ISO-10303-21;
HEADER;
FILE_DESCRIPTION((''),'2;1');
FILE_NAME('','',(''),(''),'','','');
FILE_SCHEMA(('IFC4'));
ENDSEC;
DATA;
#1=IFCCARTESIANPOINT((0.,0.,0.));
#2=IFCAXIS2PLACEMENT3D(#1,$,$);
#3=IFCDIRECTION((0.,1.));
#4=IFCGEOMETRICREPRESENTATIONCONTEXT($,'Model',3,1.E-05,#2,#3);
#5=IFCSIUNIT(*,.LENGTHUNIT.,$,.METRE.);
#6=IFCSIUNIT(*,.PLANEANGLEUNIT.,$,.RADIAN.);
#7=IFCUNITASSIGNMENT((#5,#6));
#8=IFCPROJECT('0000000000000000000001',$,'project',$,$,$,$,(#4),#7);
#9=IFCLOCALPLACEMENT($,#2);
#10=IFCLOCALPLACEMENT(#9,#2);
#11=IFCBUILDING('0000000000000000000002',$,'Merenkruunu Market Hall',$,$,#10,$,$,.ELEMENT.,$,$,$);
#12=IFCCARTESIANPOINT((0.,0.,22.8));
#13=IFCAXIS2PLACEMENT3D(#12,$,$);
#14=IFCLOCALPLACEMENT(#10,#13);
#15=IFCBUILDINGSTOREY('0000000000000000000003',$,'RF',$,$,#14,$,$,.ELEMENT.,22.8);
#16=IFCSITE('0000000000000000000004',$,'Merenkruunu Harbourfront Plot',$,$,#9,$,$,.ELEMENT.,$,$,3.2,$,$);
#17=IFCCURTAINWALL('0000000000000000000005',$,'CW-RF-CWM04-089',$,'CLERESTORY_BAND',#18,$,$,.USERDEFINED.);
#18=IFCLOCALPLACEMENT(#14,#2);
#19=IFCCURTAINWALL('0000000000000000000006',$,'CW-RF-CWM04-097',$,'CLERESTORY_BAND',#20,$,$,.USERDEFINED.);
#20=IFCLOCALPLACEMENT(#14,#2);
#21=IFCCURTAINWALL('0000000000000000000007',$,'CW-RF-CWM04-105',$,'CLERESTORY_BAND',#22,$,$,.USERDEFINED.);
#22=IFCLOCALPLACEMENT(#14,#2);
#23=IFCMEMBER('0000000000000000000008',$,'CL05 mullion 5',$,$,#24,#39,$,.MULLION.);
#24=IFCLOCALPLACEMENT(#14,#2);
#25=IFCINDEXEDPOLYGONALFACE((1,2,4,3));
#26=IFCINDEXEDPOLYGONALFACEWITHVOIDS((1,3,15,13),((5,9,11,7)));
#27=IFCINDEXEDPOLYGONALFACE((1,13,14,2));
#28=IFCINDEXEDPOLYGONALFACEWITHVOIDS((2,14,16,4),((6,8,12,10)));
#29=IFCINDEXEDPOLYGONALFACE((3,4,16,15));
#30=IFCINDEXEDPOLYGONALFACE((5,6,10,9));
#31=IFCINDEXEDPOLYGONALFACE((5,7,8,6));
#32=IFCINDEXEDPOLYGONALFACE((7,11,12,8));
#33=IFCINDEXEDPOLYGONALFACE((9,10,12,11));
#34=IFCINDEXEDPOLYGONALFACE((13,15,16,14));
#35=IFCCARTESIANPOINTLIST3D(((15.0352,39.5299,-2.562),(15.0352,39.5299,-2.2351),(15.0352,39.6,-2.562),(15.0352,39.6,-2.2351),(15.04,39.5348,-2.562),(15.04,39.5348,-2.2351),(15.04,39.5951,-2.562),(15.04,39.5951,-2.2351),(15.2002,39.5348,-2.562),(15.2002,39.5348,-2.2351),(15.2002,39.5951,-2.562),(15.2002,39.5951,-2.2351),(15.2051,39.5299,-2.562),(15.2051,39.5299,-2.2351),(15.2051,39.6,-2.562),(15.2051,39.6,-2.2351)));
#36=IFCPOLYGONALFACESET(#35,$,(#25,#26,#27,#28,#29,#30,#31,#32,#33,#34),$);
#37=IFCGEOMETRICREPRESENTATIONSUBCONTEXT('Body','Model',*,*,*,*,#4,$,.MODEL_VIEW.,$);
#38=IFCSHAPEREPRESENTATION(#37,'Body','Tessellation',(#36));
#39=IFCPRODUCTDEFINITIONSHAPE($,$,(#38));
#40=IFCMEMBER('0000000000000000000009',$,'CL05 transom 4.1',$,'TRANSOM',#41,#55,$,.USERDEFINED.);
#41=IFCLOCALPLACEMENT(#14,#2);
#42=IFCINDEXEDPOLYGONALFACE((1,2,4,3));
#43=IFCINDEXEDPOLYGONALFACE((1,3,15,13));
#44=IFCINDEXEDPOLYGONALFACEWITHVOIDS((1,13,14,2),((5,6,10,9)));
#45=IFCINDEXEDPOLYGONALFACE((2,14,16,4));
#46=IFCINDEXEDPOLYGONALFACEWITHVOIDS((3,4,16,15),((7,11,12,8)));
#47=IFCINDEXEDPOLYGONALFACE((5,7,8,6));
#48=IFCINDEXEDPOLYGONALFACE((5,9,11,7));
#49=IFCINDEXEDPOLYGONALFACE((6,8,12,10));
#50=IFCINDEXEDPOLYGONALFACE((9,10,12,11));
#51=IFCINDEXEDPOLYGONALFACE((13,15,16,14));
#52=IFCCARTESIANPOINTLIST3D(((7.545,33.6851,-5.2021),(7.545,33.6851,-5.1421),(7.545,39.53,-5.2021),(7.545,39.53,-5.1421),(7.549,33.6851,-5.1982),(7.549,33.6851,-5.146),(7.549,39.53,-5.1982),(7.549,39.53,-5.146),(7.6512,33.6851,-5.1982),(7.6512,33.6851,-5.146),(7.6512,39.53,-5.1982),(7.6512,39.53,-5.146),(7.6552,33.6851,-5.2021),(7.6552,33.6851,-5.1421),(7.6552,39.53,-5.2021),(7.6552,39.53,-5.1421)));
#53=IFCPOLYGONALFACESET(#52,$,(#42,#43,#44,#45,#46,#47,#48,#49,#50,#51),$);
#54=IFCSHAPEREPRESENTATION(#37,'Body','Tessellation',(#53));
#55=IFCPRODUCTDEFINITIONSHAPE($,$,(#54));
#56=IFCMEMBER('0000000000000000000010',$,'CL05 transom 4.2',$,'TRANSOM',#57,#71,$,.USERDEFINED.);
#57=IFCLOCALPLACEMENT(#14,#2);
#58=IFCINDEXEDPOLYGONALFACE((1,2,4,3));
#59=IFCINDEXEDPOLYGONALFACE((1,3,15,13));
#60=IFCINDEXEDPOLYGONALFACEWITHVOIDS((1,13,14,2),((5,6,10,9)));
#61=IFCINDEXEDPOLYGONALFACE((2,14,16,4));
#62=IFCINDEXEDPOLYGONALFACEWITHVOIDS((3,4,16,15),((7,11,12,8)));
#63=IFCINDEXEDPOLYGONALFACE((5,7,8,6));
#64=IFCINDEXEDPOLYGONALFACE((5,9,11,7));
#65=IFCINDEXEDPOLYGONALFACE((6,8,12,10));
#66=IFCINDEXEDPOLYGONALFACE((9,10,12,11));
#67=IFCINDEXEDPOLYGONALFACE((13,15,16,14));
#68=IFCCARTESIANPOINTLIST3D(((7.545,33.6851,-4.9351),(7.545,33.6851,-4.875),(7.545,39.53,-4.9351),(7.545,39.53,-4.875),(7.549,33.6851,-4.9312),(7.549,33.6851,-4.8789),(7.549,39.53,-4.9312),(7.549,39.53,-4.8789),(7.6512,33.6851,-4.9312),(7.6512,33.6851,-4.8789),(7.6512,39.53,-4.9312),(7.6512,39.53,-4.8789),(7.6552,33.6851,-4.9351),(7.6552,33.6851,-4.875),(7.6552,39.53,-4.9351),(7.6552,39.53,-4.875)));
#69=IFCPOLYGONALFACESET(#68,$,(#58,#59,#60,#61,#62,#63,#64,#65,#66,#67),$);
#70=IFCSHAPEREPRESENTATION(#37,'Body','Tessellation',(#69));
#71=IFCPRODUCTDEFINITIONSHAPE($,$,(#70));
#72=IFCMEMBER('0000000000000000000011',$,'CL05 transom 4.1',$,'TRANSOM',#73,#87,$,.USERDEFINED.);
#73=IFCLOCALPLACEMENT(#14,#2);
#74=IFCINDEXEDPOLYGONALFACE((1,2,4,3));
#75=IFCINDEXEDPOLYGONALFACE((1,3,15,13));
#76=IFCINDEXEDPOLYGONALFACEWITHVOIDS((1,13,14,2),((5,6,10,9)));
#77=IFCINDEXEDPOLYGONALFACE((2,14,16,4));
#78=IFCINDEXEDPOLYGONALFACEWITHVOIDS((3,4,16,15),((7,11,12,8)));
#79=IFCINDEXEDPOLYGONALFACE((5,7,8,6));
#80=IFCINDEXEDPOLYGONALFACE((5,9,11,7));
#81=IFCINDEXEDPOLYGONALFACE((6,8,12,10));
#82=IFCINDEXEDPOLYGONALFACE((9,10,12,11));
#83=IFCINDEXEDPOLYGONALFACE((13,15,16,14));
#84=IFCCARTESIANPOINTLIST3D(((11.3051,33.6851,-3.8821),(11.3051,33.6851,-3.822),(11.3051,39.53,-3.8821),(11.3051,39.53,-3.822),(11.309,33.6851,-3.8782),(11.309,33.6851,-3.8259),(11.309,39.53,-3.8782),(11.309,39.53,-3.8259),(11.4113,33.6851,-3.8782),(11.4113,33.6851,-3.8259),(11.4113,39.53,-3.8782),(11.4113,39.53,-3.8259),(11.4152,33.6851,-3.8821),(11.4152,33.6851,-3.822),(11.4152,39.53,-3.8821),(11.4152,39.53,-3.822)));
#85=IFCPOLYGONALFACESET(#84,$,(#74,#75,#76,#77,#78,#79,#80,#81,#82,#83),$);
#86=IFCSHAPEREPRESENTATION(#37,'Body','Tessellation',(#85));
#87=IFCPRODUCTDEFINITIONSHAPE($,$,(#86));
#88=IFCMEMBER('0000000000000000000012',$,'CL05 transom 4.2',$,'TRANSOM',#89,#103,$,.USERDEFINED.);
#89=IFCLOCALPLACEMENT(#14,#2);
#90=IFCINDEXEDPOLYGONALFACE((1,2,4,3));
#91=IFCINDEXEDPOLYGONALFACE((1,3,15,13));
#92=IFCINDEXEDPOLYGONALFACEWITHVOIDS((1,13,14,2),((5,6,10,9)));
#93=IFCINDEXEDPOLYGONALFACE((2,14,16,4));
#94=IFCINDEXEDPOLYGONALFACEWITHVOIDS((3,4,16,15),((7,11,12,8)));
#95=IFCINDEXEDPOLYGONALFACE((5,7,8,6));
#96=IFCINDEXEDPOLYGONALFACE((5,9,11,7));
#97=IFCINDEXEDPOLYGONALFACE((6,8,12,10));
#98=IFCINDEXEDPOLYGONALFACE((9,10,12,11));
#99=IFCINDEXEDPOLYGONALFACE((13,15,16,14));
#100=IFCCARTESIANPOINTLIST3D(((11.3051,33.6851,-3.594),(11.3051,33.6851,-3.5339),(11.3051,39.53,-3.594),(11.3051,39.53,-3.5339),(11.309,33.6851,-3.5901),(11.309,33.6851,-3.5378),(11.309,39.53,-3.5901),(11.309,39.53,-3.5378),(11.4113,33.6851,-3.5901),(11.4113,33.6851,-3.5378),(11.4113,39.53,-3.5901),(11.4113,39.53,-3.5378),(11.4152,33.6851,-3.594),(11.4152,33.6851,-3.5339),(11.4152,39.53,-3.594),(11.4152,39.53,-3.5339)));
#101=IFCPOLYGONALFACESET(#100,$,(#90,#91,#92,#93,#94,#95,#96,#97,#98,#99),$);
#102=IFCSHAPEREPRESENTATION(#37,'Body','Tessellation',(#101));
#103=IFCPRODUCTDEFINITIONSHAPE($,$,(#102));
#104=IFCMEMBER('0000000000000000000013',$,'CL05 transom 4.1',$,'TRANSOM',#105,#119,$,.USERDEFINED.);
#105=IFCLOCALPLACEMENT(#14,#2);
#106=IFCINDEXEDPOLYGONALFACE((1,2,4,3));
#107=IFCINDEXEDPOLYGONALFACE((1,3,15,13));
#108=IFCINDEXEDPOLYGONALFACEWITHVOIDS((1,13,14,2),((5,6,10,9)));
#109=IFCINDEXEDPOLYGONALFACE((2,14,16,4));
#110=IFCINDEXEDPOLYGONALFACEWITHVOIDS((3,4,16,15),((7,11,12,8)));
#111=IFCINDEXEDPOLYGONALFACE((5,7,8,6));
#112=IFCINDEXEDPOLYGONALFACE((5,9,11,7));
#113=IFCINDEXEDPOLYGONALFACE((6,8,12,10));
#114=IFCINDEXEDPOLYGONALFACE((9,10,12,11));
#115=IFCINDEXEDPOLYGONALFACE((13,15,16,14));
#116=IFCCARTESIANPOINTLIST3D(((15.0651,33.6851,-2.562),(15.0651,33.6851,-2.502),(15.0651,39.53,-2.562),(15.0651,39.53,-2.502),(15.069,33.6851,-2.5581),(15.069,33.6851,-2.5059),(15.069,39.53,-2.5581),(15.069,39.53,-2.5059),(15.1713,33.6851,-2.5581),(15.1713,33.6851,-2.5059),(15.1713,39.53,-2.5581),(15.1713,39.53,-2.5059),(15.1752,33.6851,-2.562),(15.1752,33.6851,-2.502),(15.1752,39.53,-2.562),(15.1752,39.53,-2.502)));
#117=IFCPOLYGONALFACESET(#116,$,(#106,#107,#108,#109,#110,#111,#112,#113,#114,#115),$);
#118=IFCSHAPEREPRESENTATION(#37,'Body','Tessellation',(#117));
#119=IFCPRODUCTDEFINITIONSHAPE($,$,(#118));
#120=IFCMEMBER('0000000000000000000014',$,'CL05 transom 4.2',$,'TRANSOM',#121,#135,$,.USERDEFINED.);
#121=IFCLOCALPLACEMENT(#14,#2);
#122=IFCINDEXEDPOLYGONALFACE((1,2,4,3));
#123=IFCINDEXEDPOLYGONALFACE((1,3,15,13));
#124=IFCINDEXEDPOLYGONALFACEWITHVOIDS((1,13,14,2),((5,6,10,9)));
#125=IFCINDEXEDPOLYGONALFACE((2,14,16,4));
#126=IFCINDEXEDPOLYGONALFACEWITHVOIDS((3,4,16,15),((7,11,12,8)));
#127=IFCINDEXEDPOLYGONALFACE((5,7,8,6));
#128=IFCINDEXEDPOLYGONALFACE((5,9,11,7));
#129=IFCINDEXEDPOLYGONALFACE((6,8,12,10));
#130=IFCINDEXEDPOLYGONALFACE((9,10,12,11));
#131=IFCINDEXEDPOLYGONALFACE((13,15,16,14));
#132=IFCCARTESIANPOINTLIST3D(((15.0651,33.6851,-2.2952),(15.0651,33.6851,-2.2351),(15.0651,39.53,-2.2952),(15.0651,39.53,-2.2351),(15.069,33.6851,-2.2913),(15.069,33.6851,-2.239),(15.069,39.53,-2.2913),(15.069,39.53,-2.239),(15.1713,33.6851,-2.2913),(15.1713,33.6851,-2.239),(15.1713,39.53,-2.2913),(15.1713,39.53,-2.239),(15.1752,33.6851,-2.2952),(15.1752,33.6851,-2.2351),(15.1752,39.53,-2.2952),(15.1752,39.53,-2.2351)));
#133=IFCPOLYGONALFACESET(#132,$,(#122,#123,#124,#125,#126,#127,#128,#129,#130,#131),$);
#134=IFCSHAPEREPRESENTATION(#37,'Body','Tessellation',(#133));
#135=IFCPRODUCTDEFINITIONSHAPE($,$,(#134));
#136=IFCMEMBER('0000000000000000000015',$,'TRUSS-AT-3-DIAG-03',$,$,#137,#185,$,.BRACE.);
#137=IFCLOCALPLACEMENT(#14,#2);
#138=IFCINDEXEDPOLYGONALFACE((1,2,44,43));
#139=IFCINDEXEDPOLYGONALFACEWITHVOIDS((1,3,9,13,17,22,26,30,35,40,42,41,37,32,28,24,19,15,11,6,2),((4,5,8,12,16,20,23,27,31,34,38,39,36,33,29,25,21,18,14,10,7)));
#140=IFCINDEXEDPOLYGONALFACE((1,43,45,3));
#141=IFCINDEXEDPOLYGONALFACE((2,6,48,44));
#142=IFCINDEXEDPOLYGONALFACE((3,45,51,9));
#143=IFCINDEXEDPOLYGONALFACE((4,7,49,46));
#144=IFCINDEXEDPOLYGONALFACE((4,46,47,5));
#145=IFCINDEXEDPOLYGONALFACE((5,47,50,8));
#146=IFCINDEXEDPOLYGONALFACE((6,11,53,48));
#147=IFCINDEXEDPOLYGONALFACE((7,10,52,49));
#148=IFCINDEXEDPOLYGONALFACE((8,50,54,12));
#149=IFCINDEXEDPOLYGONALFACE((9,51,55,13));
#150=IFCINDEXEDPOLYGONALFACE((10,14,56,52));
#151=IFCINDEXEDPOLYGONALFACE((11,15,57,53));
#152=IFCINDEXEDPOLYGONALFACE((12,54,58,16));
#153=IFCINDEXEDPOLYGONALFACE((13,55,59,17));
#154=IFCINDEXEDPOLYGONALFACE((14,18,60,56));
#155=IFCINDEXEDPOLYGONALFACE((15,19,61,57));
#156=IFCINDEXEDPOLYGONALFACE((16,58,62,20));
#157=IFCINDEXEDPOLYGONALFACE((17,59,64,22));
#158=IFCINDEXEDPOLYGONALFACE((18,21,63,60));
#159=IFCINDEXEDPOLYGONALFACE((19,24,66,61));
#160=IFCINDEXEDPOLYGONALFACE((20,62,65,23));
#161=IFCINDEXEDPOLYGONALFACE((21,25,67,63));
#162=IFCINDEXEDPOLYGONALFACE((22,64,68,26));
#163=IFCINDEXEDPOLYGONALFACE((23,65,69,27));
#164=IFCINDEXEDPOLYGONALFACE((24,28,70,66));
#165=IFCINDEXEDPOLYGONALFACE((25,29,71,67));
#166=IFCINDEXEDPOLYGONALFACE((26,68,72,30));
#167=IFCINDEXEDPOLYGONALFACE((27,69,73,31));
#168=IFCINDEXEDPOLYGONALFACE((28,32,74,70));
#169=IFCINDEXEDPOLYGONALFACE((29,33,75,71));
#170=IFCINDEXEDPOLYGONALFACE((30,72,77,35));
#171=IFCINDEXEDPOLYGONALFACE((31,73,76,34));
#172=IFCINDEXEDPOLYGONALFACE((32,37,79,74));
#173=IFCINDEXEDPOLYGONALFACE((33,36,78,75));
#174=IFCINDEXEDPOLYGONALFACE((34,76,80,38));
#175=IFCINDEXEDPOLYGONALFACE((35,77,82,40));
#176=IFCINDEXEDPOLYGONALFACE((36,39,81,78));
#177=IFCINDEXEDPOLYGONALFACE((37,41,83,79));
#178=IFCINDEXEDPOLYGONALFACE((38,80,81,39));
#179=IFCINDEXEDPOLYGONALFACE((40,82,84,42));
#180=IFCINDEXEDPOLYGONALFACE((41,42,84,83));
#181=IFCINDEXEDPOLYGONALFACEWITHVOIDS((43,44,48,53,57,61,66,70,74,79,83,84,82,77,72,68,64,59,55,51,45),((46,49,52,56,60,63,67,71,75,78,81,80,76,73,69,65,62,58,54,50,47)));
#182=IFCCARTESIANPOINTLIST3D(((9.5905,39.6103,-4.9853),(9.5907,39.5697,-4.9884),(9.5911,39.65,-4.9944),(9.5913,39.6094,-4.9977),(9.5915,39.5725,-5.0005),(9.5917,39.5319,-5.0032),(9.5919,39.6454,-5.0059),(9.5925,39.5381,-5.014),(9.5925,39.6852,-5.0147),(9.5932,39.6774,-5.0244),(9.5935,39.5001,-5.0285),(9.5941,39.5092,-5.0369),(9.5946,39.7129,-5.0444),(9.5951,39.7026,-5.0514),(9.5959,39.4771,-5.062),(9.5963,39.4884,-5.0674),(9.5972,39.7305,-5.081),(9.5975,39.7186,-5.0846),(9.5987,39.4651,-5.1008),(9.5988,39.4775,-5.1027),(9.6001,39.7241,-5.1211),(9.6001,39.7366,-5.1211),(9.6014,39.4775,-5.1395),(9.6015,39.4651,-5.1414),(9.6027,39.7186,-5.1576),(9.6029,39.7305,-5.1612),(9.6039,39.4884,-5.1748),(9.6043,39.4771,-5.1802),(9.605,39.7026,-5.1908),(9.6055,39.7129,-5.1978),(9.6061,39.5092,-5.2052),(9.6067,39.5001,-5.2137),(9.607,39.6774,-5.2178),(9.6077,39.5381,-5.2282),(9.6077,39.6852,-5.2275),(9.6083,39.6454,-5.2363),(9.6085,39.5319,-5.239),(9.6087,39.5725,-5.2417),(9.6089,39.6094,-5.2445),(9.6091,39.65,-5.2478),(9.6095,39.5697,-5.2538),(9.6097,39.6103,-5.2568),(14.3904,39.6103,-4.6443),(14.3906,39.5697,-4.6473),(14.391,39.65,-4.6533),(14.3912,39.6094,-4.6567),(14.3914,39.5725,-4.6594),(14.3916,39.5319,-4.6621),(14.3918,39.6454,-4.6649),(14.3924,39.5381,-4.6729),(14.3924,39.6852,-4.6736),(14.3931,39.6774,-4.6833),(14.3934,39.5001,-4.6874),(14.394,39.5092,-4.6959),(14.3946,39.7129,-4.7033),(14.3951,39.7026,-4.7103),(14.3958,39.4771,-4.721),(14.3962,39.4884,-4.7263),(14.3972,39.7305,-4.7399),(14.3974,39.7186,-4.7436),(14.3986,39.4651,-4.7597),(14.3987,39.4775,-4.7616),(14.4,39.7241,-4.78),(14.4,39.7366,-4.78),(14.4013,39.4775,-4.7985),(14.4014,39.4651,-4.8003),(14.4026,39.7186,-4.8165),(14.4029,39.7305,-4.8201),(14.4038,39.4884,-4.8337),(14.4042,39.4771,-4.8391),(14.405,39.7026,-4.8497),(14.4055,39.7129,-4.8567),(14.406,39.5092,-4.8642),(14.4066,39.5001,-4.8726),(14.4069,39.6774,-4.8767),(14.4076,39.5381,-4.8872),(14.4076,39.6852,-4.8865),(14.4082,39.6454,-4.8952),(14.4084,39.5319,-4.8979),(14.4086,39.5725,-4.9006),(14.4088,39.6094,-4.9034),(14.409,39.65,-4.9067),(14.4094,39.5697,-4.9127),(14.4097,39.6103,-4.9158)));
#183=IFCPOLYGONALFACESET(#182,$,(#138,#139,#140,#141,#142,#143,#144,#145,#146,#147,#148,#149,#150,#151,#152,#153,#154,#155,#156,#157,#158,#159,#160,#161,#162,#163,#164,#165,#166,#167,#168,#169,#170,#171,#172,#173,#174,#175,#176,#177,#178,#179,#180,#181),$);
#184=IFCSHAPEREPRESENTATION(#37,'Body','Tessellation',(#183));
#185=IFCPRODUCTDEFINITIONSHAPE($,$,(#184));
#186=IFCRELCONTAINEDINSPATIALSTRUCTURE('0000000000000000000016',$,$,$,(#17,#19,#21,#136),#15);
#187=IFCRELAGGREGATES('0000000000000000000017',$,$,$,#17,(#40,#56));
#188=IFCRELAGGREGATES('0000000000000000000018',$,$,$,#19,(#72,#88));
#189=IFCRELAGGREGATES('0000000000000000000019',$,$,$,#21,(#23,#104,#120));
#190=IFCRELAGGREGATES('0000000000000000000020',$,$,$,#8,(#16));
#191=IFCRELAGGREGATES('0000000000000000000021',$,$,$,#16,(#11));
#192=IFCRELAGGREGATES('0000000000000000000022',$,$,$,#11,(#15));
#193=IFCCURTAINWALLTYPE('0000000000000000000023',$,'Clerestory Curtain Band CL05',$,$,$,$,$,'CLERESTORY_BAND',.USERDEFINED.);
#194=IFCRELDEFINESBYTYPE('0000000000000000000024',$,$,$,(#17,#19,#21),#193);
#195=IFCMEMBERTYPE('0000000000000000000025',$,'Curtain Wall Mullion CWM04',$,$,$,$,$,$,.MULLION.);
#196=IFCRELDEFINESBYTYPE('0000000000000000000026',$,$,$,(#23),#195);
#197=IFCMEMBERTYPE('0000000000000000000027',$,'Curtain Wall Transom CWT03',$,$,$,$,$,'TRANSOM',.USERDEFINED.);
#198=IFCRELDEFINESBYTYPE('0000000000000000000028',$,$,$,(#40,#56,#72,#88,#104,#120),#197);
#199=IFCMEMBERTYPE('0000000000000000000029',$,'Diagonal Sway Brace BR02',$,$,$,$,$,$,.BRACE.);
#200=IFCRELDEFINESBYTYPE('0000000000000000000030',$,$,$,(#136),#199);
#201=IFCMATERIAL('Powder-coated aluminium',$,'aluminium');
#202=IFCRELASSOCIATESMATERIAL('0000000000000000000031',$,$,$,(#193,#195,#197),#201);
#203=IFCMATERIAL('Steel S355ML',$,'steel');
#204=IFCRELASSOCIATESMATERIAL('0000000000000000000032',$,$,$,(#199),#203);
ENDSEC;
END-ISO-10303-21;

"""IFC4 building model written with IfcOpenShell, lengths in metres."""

from ifc_helpers import new_model, si_unit, direction, frame, origin, origin_2d, place, context, subcontext, project, spatial, hollow_rectangle, hollow_circle, extrude, material, material_profile, profile_set, type_object, element, aggregate, save


model = new_model("IFC4")

# Units and contexts
model_context = context("Model", 3, precision=1e-05, world=origin(), true_north=direction((0.0, 1.0)))
body_context = subcontext(model_context, "Body", "Model", "MODEL_VIEW")
ifc_project = project(units=[si_unit("LENGTHUNIT", "METRE"), si_unit("PLANEANGLEUNIT", "RADIAN")], contexts=[model_context])

# Site, building, storey
site_placement = place(None, origin())
site = spatial("IfcSite", under=ifc_project, at=site_placement, Name="Merenkruunu Harbourfront Plot", CompositionType="ELEMENT", RefElevation=3.2)
building_placement = place(site_placement, origin())
building = spatial("IfcBuilding", under=site, at=building_placement, Name="Merenkruunu Market Hall", CompositionType="ELEMENT")
storey_placement = place(building_placement, frame((0.0, 0.0, 22.8)))
storey = spatial("IfcBuildingStorey", under=building, at=storey_placement, Name="RF", CompositionType="ELEMENT", Elevation=22.8)

# Shared definitions
ifc_material_1 = material(Name="Steel S355ML", Category="steel")

# Curtain walls, member
ifc_material_2 = material(Name="Powder-coated aluminium", Category="aluminium")
curtain_wall_type = type_object("IfcCurtainWallType", Name="Clerestory Curtain Band CL05", ElementType="CLERESTORY_BAND", PredefinedType="USERDEFINED", material=ifc_material_2)
curtain_wall_1_placement = place(storey_placement, origin())
curtain_wall_1 = element("IfcCurtainWall", 1, at=curtain_wall_1_placement, inside=storey, type_object=curtain_wall_type, Name="CW-RF-CWM04-089", ObjectType="CLERESTORY_BAND", PredefinedType="USERDEFINED")
ifc_material_profile_1 = material_profile(ifc_material_2, hollow_rectangle(XDim=0.0701, YDim=0.1699, WallThickness=0.0049, at=origin_2d()), Name="ALU 70x170x5")
ifc_profile_set_1 = profile_set([ifc_material_profile_1], Name="Powder-coated aluminium")
member_type_1 = type_object("IfcMemberType", Name="Curtain Wall Mullion CWM04", PredefinedType="MULLION", material=ifc_profile_set_1)
curtain_wall_2_placement = place(storey_placement, origin())
curtain_wall_2 = element("IfcCurtainWall", 2, at=curtain_wall_2_placement, inside=storey, type_object=curtain_wall_type, Name="CW-RF-CWM04-097", ObjectType="CLERESTORY_BAND", PredefinedType="USERDEFINED")
curtain_wall_3_placement = place(storey_placement, origin())
curtain_wall_3 = element("IfcCurtainWall", 3, at=curtain_wall_3_placement, inside=storey, type_object=curtain_wall_type, Name="CW-RF-CWM04-105", ObjectType="CLERESTORY_BAND", PredefinedType="USERDEFINED")
member_1_placement = place(storey_placement, frame((15.1201, 39.5649, -2.562), z_axis=(0.0, 0.0, 1.0), x_axis=(0.0, 1.0, 0.0)))
member_1 = element("IfcMember", 4, at=member_1_placement, type_object=member_type_1, Name="CL05 mullion 5", PredefinedType="MULLION", context=body_context, shape_type="SweptSolid", body=[
    extrude(hollow_rectangle(XDim=0.0701, YDim=0.1699, WallThickness=0.0049, at=origin_2d()), origin(), (0.0, 0.0, 1.0), 0.3269),
])

# Members
ifc_material_profile_2 = material_profile(ifc_material_2, hollow_rectangle(XDim=0.0601, YDim=0.1101, WallThickness=0.0039, at=origin_2d()), Name="ALU 60x110x4")
ifc_profile_set_2 = profile_set([ifc_material_profile_2], Name="Powder-coated aluminium")
member_type_2 = type_object("IfcMemberType", Name="Curtain Wall Transom CWT03", ElementType="TRANSOM", PredefinedType="USERDEFINED", material=ifc_profile_set_2)
member_2_placement = place(storey_placement, frame((7.6001, 33.6851, -5.1721), z_axis=(0.0, 1.0, 0.0), x_axis=(0.0, 0.0, 1.0)))
member_2 = element("IfcMember", 5, at=member_2_placement, type_object=member_type_2, Name="CL05 transom 4.1", ObjectType="TRANSOM", PredefinedType="USERDEFINED", context=body_context, shape_type="SweptSolid", body=[
    extrude(hollow_rectangle(XDim=0.0601, YDim=0.1101, WallThickness=0.0039, at=origin_2d()), origin(), (0.0, 0.0, 1.0), 5.845),
])
member_3_placement = place(storey_placement, frame((7.6001, 33.6851, -4.905), z_axis=(0.0, 1.0, 0.0), x_axis=(0.0, 0.0, 1.0)))
member_3 = element("IfcMember", 6, at=member_3_placement, type_object=member_type_2, Name="CL05 transom 4.2", ObjectType="TRANSOM", PredefinedType="USERDEFINED", context=body_context, shape_type="SweptSolid", body=[
    extrude(hollow_rectangle(XDim=0.0601, YDim=0.1101, WallThickness=0.0039, at=origin_2d()), origin(), (0.0, 0.0, 1.0), 5.845),
])
member_4_placement = place(storey_placement, frame((11.3601, 33.6851, -3.8521), z_axis=(0.0, 1.0, 0.0), x_axis=(0.0, 0.0, 1.0)))
member_4 = element("IfcMember", 7, at=member_4_placement, type_object=member_type_2, Name="CL05 transom 4.1", ObjectType="TRANSOM", PredefinedType="USERDEFINED", context=body_context, shape_type="SweptSolid", body=[
    extrude(hollow_rectangle(XDim=0.0601, YDim=0.1101, WallThickness=0.0039, at=origin_2d()), origin(), (0.0, 0.0, 1.0), 5.845),
])
member_5_placement = place(storey_placement, frame((11.3601, 33.6851, -3.564), z_axis=(0.0, 1.0, 0.0), x_axis=(0.0, 0.0, 1.0)))
member_5 = element("IfcMember", 8, at=member_5_placement, type_object=member_type_2, Name="CL05 transom 4.2", ObjectType="TRANSOM", PredefinedType="USERDEFINED", context=body_context, shape_type="SweptSolid", body=[
    extrude(hollow_rectangle(XDim=0.0601, YDim=0.1101, WallThickness=0.0039, at=origin_2d()), origin(), (0.0, 0.0, 1.0), 5.845),
])
member_6_placement = place(storey_placement, frame((15.1201, 33.6851, -2.532), z_axis=(0.0, 1.0, 0.0), x_axis=(0.0, 0.0, 1.0)))
member_6 = element("IfcMember", 9, at=member_6_placement, type_object=member_type_2, Name="CL05 transom 4.1", ObjectType="TRANSOM", PredefinedType="USERDEFINED", context=body_context, shape_type="SweptSolid", body=[
    extrude(hollow_rectangle(XDim=0.0601, YDim=0.1101, WallThickness=0.0039, at=origin_2d()), origin(), (0.0, 0.0, 1.0), 5.845),
])
member_7_placement = place(storey_placement, frame((15.1201, 33.6851, -2.2651), z_axis=(0.0, 1.0, 0.0), x_axis=(0.0, 0.0, 1.0)))
member_7 = element("IfcMember", 10, at=member_7_placement, type_object=member_type_2, Name="CL05 transom 4.2", ObjectType="TRANSOM", PredefinedType="USERDEFINED", context=body_context, shape_type="SweptSolid", body=[
    extrude(hollow_rectangle(XDim=0.0601, YDim=0.1101, WallThickness=0.0039, at=origin_2d()), origin(), (0.0, 0.0, 1.0), 5.845),
])

# Member
ifc_material_profile_3 = material_profile(ifc_material_1, hollow_circle(Radius=0.1365, WallThickness=0.0125, at=origin_2d()), Name="CHS 273x12.5")
ifc_profile_set_3 = profile_set([ifc_material_profile_3], Name="Steel S355ML")
member_type_3 = type_object("IfcMemberType", Name="Diagonal Sway Brace BR02", PredefinedType="BRACE", material=ifc_profile_set_3)
member_8_placement = place(storey_placement, frame((9.6001, 39.6001, -5.1211), z_axis=(0.997485, 0.0, 0.070879), x_axis=(0.0, 1.0, 0.0)))
element("IfcMember", 11, at=member_8_placement, inside=storey, type_object=member_type_3, Name="TRUSS-AT-3-DIAG-03", PredefinedType="BRACE", context=body_context, shape_type="SweptSolid", body=[
    extrude(hollow_circle(Radius=0.1365, WallThickness=0.0125, at=origin_2d()), origin(), (0.0, 0.0, 1.0), 4.812),
])

aggregate(curtain_wall_1, [member_2, member_3])
aggregate(curtain_wall_2, [member_4, member_5])
aggregate(curtain_wall_3, [member_1, member_6, member_7])

save(model, "model.ifc")
